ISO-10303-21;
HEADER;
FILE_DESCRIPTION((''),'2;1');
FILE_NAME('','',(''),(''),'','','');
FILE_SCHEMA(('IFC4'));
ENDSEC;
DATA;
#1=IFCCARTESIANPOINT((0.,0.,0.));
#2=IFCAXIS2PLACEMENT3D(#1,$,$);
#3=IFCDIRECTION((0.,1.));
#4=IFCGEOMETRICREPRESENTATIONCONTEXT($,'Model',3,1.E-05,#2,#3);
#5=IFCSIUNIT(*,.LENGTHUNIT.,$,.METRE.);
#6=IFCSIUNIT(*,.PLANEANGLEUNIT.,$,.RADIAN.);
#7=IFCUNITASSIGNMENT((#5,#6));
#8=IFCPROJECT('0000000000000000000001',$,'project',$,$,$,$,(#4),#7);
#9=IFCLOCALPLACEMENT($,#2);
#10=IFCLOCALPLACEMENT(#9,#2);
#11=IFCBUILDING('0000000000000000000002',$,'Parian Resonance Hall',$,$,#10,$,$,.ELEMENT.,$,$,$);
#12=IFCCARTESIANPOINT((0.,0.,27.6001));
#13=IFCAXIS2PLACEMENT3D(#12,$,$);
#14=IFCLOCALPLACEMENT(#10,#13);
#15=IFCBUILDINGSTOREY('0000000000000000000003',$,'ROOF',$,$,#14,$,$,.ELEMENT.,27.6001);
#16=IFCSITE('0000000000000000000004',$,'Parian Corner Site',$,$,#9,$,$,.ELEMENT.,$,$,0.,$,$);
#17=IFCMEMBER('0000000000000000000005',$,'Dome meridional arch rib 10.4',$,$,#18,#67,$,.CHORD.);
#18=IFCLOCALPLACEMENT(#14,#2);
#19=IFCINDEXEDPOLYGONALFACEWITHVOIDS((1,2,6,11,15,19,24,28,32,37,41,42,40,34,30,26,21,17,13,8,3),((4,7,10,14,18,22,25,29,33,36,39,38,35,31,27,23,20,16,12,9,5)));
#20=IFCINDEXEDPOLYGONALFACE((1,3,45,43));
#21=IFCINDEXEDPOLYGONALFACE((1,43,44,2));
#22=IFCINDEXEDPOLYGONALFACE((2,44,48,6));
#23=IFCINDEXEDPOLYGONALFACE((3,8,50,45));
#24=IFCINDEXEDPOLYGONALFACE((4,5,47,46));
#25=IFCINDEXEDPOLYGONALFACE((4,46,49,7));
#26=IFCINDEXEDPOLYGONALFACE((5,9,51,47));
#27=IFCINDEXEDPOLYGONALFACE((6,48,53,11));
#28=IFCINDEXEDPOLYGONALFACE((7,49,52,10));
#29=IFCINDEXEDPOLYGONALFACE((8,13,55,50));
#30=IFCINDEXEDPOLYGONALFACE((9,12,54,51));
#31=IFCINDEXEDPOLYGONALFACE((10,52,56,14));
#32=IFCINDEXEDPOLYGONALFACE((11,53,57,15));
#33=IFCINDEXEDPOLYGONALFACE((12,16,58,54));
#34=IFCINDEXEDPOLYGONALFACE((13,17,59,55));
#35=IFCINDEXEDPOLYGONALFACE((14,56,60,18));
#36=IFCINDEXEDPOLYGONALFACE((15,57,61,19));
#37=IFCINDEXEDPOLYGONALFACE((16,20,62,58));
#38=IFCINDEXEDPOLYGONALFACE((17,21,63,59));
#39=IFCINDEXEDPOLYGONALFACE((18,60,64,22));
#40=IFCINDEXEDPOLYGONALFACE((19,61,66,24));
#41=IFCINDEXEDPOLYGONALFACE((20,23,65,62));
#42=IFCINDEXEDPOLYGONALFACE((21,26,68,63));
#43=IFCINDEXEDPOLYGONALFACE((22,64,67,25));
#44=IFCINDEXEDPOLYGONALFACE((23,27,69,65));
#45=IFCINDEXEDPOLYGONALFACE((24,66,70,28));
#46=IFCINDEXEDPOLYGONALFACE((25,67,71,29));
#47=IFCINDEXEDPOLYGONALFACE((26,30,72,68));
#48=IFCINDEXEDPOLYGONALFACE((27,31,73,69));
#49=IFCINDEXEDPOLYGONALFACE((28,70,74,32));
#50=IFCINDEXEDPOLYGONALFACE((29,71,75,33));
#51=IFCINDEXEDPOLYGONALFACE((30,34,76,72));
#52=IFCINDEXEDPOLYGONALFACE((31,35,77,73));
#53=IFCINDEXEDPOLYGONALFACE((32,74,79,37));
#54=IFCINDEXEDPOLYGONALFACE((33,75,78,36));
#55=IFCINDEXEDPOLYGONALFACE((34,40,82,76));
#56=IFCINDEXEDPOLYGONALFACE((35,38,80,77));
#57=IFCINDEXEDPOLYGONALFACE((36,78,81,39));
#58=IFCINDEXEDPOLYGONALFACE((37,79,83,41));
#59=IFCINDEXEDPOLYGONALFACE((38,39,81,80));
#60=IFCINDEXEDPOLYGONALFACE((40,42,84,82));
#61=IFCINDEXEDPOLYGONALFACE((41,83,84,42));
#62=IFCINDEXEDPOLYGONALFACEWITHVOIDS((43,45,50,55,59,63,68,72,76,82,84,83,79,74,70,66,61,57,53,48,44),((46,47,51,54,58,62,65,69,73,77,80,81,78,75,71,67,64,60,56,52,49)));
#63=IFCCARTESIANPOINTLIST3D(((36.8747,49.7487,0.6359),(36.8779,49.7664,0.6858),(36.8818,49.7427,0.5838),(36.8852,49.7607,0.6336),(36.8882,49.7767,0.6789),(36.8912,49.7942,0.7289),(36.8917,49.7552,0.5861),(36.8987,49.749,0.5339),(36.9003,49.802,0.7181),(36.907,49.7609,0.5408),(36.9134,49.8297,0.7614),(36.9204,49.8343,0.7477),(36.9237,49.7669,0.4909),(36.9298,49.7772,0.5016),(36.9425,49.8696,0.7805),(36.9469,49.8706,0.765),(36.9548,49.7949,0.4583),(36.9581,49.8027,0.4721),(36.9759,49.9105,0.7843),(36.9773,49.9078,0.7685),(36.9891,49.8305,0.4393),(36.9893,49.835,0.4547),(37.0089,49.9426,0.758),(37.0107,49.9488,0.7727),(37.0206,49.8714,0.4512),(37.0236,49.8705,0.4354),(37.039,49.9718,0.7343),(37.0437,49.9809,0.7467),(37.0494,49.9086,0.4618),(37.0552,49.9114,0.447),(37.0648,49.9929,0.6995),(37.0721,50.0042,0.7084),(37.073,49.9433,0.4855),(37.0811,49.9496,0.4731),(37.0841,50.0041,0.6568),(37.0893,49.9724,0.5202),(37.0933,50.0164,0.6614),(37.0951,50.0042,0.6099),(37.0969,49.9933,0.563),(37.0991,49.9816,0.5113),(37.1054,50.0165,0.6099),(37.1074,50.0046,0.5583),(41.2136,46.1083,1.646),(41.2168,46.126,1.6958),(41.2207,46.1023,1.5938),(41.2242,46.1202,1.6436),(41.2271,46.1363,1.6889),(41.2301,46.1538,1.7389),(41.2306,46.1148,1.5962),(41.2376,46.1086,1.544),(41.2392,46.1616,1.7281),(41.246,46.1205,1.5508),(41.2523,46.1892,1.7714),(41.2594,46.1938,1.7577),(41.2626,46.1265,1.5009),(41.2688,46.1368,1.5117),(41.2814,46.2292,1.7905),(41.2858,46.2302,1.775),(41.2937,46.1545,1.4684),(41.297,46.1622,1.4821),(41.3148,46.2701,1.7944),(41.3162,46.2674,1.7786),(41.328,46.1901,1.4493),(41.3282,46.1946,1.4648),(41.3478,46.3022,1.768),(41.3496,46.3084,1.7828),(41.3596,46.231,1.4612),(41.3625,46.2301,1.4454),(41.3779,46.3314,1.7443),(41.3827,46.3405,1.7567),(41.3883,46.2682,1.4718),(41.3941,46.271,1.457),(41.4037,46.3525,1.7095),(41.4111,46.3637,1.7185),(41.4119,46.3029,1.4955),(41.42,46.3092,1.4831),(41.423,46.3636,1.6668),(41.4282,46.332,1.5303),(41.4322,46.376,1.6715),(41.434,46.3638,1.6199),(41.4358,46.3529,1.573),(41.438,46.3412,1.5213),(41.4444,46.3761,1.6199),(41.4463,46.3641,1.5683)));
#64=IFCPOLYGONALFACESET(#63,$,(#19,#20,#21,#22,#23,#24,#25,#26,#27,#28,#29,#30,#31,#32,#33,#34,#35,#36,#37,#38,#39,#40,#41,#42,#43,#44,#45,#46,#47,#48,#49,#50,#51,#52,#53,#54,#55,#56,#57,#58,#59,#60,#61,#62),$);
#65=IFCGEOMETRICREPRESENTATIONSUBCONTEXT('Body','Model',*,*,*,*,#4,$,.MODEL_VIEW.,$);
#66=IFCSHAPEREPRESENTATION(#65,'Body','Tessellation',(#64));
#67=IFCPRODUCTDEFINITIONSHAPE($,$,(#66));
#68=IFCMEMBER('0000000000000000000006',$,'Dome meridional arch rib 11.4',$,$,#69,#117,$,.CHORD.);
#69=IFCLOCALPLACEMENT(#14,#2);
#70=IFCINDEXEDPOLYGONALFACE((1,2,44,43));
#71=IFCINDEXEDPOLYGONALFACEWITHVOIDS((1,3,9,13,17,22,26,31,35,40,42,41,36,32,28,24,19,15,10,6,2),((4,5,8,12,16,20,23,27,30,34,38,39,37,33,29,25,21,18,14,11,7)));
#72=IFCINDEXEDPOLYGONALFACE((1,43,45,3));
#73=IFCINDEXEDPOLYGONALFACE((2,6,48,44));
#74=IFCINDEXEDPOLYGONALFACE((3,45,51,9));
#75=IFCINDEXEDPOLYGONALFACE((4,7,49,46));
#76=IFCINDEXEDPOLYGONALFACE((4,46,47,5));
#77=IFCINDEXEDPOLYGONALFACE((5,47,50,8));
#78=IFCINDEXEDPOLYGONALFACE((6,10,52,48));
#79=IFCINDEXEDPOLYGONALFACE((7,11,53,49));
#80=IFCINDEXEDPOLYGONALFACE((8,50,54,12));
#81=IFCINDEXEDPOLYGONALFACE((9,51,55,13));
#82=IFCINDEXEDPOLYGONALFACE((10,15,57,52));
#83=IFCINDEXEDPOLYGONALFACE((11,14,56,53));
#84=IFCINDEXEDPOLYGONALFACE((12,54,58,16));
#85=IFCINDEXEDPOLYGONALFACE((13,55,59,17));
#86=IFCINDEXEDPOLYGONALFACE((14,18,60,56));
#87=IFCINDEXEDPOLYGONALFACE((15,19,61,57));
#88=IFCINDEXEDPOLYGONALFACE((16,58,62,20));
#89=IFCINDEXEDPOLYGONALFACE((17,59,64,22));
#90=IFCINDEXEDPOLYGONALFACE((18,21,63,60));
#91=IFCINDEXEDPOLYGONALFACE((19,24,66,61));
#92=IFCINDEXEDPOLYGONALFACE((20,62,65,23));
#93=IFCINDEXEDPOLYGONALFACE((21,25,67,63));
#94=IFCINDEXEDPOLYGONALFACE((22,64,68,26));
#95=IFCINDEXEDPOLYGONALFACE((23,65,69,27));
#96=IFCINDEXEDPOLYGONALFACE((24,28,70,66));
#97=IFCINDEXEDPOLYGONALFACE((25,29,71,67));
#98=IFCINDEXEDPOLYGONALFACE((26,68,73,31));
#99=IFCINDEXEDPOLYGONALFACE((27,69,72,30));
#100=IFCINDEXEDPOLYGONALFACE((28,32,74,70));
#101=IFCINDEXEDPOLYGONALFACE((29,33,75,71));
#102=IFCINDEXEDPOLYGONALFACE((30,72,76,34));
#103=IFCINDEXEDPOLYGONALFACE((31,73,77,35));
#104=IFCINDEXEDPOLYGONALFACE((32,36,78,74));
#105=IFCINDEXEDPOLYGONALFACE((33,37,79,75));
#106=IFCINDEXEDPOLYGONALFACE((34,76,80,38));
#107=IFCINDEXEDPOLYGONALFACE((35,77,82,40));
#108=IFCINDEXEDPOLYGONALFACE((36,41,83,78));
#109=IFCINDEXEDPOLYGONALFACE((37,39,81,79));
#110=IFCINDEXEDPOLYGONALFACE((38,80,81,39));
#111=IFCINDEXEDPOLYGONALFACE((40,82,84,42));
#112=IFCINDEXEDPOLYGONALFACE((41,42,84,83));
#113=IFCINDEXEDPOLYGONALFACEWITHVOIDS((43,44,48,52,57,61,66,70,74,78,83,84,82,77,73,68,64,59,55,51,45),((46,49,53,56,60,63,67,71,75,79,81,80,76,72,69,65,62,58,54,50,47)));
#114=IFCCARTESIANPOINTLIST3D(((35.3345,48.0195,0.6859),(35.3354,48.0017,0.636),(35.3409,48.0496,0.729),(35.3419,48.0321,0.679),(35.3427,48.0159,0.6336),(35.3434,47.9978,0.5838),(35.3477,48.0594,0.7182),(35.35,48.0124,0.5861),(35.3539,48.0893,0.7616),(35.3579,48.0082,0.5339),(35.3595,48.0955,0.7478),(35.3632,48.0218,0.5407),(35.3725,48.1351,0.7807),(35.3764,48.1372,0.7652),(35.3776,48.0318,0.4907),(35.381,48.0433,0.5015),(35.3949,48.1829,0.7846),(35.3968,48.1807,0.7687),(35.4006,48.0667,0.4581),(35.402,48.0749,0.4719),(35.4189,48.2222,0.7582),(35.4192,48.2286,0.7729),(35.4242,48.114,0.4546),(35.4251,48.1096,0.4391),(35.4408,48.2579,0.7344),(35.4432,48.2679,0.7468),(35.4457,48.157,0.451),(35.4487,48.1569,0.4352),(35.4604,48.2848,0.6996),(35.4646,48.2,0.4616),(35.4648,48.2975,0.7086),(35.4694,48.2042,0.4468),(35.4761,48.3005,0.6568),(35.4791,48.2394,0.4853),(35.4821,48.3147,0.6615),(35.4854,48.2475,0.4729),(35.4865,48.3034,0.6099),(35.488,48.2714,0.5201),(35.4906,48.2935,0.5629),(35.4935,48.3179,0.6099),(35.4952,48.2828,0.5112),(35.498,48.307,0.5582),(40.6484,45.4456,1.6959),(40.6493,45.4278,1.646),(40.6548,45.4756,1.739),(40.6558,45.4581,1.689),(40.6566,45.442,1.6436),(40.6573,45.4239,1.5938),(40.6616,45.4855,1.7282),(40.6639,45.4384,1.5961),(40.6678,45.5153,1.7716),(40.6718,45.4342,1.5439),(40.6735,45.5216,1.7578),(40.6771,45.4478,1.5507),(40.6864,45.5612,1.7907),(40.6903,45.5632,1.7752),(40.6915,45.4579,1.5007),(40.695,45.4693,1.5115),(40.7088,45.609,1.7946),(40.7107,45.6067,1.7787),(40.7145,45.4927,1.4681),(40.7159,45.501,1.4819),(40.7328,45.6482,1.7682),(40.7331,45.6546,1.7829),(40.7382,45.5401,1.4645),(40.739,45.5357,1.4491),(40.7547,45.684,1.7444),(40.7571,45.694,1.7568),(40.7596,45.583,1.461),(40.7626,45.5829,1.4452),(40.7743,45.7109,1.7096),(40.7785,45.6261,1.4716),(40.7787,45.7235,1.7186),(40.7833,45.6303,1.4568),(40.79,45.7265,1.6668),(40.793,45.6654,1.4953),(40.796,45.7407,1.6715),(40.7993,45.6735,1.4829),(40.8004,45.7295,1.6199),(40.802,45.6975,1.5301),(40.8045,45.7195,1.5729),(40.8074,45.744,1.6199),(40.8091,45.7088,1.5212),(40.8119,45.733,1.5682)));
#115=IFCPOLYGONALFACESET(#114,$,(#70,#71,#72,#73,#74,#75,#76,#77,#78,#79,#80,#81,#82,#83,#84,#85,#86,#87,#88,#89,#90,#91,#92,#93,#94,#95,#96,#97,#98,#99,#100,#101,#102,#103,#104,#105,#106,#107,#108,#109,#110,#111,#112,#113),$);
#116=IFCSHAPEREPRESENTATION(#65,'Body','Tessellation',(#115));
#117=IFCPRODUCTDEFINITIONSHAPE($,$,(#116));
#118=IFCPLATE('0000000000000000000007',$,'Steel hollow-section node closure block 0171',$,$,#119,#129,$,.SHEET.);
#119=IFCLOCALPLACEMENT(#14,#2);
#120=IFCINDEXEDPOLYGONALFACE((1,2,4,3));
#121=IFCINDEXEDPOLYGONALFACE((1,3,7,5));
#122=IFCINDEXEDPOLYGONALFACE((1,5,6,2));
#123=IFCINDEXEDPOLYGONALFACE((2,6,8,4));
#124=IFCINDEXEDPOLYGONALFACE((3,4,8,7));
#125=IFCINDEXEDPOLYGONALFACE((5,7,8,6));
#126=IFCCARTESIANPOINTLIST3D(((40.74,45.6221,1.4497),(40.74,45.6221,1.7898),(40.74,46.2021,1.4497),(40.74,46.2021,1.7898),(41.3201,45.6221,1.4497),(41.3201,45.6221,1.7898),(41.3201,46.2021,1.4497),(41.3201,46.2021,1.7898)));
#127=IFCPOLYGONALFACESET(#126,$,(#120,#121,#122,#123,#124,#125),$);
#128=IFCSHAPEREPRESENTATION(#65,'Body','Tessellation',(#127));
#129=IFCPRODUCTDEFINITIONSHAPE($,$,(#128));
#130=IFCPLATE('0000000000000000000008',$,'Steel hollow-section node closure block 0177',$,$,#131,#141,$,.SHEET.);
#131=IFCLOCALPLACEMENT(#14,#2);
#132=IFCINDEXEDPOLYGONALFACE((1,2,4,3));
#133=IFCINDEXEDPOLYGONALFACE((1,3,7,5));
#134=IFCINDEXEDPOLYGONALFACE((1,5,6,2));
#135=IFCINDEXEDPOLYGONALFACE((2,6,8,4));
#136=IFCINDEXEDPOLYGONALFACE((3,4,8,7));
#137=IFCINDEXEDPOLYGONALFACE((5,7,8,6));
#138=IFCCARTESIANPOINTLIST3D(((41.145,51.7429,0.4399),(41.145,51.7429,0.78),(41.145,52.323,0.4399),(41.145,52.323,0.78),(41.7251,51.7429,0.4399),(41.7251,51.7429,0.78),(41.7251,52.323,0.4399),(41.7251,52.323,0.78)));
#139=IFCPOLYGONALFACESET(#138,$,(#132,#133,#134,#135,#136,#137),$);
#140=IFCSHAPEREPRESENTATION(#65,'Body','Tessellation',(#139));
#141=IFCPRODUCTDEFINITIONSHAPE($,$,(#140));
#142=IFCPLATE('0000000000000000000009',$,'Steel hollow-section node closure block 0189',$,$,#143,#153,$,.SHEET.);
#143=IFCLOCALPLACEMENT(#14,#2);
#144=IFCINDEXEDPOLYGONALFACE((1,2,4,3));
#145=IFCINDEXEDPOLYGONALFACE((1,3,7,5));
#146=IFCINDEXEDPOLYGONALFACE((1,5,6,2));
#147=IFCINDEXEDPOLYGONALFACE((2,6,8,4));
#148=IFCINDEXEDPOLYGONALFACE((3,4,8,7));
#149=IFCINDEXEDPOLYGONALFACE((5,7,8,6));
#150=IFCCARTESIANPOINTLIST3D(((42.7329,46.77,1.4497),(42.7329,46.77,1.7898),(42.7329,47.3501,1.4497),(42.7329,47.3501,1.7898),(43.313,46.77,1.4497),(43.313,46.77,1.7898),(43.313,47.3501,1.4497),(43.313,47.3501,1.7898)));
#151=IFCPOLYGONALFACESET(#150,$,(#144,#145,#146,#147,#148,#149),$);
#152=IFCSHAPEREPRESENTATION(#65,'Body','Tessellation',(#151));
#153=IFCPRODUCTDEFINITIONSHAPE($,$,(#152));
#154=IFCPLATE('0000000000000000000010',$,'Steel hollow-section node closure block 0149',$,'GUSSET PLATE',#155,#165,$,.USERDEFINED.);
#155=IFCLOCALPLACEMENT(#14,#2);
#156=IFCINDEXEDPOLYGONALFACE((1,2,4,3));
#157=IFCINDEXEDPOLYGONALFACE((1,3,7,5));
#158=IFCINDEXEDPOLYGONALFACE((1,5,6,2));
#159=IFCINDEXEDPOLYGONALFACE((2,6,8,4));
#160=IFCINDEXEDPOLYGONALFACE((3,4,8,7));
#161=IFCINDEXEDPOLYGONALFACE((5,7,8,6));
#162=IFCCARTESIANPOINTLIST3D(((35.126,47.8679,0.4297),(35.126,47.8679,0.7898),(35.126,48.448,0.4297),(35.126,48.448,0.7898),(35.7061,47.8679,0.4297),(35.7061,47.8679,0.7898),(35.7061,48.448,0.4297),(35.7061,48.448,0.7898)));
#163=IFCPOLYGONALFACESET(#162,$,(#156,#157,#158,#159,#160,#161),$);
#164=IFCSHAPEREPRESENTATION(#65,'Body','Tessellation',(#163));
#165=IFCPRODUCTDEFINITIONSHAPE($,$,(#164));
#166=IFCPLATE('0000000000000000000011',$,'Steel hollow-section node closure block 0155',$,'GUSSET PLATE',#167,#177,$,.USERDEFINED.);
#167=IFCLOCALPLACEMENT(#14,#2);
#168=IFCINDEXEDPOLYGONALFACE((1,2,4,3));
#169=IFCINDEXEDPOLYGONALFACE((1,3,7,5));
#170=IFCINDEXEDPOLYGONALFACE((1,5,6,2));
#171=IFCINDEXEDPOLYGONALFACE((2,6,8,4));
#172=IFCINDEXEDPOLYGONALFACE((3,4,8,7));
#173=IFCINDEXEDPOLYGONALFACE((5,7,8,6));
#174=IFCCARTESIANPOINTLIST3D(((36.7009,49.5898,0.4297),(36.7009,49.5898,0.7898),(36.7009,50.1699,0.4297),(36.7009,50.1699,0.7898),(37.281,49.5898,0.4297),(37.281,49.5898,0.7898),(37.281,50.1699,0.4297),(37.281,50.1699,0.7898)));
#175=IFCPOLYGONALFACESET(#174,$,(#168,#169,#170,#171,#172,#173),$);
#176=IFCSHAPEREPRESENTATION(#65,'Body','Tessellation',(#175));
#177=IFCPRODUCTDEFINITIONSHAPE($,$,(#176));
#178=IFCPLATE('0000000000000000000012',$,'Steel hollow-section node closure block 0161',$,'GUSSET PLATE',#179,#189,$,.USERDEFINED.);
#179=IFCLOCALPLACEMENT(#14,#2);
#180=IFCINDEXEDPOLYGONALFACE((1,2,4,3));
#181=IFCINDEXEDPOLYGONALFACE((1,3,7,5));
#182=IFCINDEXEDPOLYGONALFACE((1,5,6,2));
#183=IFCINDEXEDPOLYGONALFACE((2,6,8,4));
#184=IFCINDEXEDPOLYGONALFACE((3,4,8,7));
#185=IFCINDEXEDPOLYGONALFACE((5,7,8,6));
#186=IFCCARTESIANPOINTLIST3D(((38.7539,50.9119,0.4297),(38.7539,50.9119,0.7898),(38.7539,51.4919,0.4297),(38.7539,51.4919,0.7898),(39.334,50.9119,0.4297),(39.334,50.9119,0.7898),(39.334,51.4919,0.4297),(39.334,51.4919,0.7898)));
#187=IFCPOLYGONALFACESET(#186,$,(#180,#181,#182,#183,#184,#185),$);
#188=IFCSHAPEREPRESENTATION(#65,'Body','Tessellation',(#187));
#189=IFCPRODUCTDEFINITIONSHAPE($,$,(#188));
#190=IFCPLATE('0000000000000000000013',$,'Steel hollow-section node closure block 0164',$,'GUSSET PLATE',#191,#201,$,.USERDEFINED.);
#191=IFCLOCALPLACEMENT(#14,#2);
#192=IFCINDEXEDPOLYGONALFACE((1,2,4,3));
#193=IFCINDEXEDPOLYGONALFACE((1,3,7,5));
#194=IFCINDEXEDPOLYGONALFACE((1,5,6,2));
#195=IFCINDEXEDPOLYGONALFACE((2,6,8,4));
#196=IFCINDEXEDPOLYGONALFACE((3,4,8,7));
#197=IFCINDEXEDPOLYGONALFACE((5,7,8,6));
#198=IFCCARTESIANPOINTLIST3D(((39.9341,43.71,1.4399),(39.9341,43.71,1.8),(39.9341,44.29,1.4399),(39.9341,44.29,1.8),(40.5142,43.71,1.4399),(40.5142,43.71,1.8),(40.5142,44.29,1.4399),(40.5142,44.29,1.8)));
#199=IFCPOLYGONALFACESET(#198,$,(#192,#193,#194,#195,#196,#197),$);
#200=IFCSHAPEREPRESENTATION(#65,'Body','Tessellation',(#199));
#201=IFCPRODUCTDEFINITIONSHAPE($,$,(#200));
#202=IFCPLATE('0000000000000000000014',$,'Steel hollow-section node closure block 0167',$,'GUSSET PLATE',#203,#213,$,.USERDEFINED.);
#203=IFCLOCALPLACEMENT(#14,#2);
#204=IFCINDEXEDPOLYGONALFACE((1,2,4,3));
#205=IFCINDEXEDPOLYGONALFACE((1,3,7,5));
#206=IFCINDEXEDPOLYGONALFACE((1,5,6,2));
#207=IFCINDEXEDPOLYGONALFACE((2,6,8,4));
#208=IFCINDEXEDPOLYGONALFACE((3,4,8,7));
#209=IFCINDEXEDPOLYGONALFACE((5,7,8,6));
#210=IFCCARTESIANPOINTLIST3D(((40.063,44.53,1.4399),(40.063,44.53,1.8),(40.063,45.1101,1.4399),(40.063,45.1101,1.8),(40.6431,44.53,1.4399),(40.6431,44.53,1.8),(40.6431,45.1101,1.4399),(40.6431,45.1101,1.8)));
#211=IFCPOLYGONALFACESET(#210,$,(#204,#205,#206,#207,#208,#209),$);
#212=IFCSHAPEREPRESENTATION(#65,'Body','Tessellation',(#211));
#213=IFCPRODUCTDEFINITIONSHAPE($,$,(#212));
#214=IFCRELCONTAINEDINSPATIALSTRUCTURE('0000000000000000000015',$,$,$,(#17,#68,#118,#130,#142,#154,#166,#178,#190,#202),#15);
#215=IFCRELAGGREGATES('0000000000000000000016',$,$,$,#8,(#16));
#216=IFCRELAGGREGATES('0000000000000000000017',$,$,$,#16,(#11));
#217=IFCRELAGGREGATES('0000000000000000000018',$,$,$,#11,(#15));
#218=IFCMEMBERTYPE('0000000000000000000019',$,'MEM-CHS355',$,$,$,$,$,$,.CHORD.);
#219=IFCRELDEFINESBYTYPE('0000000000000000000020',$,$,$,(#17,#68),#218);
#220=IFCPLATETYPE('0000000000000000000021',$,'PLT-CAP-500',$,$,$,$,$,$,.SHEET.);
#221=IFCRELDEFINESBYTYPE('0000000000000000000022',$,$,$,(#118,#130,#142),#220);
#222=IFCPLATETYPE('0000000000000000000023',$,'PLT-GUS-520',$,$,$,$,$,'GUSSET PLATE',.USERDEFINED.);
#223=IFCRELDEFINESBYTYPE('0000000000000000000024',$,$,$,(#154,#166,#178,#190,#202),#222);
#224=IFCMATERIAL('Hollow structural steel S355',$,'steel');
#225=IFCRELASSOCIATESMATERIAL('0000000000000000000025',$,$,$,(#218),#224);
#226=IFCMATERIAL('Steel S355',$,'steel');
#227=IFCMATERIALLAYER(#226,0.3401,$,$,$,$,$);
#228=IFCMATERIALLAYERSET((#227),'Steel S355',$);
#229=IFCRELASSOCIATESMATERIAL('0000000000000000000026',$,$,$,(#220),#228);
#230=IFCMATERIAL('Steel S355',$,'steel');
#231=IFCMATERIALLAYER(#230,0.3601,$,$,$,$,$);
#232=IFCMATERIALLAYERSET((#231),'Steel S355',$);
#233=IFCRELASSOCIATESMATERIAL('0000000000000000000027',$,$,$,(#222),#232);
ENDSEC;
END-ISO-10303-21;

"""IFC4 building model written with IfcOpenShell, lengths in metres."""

from ifc_helpers import new_model, si_unit, direction, frame, origin, origin_2d, place, context, subcontext, project, spatial, rectangle, hollow_circle, extrude, material, layer, layer_set, material_profile, profile_set, type_object, element, save


model = new_model("IFC4")

# Units and contexts
model_context = context("Model", 3, precision=1e-05, world=origin(), true_north=direction((0.0, 1.0)))
body_context = subcontext(model_context, "Body", "Model", "MODEL_VIEW")
ifc_project = project(units=[si_unit("LENGTHUNIT", "METRE"), si_unit("PLANEANGLEUNIT", "RADIAN")], contexts=[model_context])

# Site, building, storey
site_placement = place(None, origin())
site = spatial("IfcSite", under=ifc_project, at=site_placement, Name="Parian Corner Site", CompositionType="ELEMENT", RefElevation=0.0)
building_placement = place(site_placement, origin())
building = spatial("IfcBuilding", under=site, at=building_placement, Name="Parian Resonance Hall", CompositionType="ELEMENT")
storey_placement = place(building_placement, frame((0.0, 0.0, 27.6001)))
storey = spatial("IfcBuildingStorey", under=building, at=storey_placement, Name="ROOF", CompositionType="ELEMENT", Elevation=27.6001)

# Members
ifc_material_1 = material(Name="Hollow structural steel S355", Category="steel")
ifc_material_profile_1 = material_profile(ifc_material_1, hollow_circle(Radius=0.1777, WallThickness=0.0161, at=origin_2d()), Name="CHS355.6x16")
ifc_profile_set_1 = profile_set([ifc_material_profile_1], Name="Hollow structural steel S355")
member_type_1 = type_object("IfcMemberType", Name="MEM-CHS355", PredefinedType="CHORD", material=ifc_profile_set_1)
member_1_placement = place(storey_placement, frame((36.9912, 49.8804, 0.6099), z_axis=(0.754178, -0.632768, 0.175559), x_axis=(0.64275, 0.766076, 0.0)))
element("IfcMember", 1, at=member_1_placement, inside=storey, type_object=member_type_1, Name="Dome meridional arch rib 10.4", PredefinedType="CHORD", context=body_context, shape_type="SweptSolid", body=[
    extrude(hollow_circle(Radius=0.1777, WallThickness=0.0161, at=origin_2d()), origin(), (0.0, 0.0, 1.0), 5.7532),
])
member_2_placement = place(storey_placement, frame((35.416, 48.158, 0.6099), z_axis=(0.887095, -0.42969, 0.168608), x_axis=(0.435932, 0.89998, 0.0)))
element("IfcMember", 2, at=member_2_placement, inside=storey, type_object=member_type_1, Name="Dome meridional arch rib 11.4", PredefinedType="CHORD", context=body_context, shape_type="SweptSolid", body=[
    extrude(hollow_circle(Radius=0.1777, WallThickness=0.0161, at=origin_2d()), origin(), (0.0, 0.0, 1.0), 5.9902),
])

# Plates
ifc_material_2 = material(Name="Steel S355", Category="steel")
ifc_layer_1 = layer(ifc_material_2, 0.3401)
ifc_layer_set_1 = layer_set([ifc_layer_1], Name="Steel S355")
plate_type_1 = type_object("IfcPlateType", Name="PLT-CAP-500", PredefinedType="SHEET", material=ifc_layer_set_1)
for number, where, z_axis, x_axis, name in (
    (3, (41.03, 45.9121, 1.4497), (0.0, 0.0, 1.0), (1.0, 0.0, 0.0), "Steel hollow-section node closure block 0171"),
    (4, (41.4351, 52.033, 0.4399), (0.0, 0.0, 1.0), (1.0, 0.0, 0.0), "Steel hollow-section node closure block 0177"),
    (5, (43.0229, 47.0601, 1.4497), (0.0, 0.0, 1.0), (1.0, 0.0, 0.0), "Steel hollow-section node closure block 0189"),
):
    element("IfcPlate", number, at=place(storey_placement, frame(where, z_axis=z_axis, x_axis=x_axis)), inside=storey, type_object=plate_type_1, Name=name, PredefinedType="SHEET", context=body_context, shape_type="SweptSolid", body=[
        extrude(rectangle(XDim=0.5801, YDim=0.5801, at=origin_2d()), origin(), (0.0, 0.0, 1.0), 0.3401),
    ])
ifc_material_3 = material(Name="Steel S355", Category="steel")
ifc_layer_2 = layer(ifc_material_3, 0.3601)
ifc_layer_set_2 = layer_set([ifc_layer_2], Name="Steel S355")
plate_type_2 = type_object("IfcPlateType", Name="PLT-GUS-520", ElementType="GUSSET PLATE", PredefinedType="USERDEFINED", material=ifc_layer_set_2)
for number, where, z_axis, x_axis, name in (
    (6, (35.416, 48.158, 0.4297), (0.0, 0.0, 1.0), (1.0, 0.0, 0.0), "Steel hollow-section node closure block 0149"),
    (7, (36.991, 49.8799, 0.4297), (0.0, 0.0, 1.0), (1.0, 0.0, 0.0), "Steel hollow-section node closure block 0155"),
    (8, (39.0439, 51.2019, 0.4297), (0.0, 0.0, 1.0), (1.0, 0.0, 0.0), "Steel hollow-section node closure block 0161"),
    (9, (40.2241, 44.0, 1.4399), (0.0, 0.0, 1.0), (1.0, 0.0, 0.0), "Steel hollow-section node closure block 0164"),
    (10, (40.353, 44.8201, 1.4399), (0.0, 0.0, 1.0), (1.0, 0.0, 0.0), "Steel hollow-section node closure block 0167"),
):
    element("IfcPlate", number, at=place(storey_placement, frame(where, z_axis=z_axis, x_axis=x_axis)), inside=storey, type_object=plate_type_2, Name=name, ObjectType="GUSSET PLATE", PredefinedType="USERDEFINED", context=body_context, shape_type="SweptSolid", body=[
        extrude(rectangle(XDim=0.5801, YDim=0.5801, at=origin_2d()), origin(), (0.0, 0.0, 1.0), 0.3601),
    ])

save(model, "model.ifc")
